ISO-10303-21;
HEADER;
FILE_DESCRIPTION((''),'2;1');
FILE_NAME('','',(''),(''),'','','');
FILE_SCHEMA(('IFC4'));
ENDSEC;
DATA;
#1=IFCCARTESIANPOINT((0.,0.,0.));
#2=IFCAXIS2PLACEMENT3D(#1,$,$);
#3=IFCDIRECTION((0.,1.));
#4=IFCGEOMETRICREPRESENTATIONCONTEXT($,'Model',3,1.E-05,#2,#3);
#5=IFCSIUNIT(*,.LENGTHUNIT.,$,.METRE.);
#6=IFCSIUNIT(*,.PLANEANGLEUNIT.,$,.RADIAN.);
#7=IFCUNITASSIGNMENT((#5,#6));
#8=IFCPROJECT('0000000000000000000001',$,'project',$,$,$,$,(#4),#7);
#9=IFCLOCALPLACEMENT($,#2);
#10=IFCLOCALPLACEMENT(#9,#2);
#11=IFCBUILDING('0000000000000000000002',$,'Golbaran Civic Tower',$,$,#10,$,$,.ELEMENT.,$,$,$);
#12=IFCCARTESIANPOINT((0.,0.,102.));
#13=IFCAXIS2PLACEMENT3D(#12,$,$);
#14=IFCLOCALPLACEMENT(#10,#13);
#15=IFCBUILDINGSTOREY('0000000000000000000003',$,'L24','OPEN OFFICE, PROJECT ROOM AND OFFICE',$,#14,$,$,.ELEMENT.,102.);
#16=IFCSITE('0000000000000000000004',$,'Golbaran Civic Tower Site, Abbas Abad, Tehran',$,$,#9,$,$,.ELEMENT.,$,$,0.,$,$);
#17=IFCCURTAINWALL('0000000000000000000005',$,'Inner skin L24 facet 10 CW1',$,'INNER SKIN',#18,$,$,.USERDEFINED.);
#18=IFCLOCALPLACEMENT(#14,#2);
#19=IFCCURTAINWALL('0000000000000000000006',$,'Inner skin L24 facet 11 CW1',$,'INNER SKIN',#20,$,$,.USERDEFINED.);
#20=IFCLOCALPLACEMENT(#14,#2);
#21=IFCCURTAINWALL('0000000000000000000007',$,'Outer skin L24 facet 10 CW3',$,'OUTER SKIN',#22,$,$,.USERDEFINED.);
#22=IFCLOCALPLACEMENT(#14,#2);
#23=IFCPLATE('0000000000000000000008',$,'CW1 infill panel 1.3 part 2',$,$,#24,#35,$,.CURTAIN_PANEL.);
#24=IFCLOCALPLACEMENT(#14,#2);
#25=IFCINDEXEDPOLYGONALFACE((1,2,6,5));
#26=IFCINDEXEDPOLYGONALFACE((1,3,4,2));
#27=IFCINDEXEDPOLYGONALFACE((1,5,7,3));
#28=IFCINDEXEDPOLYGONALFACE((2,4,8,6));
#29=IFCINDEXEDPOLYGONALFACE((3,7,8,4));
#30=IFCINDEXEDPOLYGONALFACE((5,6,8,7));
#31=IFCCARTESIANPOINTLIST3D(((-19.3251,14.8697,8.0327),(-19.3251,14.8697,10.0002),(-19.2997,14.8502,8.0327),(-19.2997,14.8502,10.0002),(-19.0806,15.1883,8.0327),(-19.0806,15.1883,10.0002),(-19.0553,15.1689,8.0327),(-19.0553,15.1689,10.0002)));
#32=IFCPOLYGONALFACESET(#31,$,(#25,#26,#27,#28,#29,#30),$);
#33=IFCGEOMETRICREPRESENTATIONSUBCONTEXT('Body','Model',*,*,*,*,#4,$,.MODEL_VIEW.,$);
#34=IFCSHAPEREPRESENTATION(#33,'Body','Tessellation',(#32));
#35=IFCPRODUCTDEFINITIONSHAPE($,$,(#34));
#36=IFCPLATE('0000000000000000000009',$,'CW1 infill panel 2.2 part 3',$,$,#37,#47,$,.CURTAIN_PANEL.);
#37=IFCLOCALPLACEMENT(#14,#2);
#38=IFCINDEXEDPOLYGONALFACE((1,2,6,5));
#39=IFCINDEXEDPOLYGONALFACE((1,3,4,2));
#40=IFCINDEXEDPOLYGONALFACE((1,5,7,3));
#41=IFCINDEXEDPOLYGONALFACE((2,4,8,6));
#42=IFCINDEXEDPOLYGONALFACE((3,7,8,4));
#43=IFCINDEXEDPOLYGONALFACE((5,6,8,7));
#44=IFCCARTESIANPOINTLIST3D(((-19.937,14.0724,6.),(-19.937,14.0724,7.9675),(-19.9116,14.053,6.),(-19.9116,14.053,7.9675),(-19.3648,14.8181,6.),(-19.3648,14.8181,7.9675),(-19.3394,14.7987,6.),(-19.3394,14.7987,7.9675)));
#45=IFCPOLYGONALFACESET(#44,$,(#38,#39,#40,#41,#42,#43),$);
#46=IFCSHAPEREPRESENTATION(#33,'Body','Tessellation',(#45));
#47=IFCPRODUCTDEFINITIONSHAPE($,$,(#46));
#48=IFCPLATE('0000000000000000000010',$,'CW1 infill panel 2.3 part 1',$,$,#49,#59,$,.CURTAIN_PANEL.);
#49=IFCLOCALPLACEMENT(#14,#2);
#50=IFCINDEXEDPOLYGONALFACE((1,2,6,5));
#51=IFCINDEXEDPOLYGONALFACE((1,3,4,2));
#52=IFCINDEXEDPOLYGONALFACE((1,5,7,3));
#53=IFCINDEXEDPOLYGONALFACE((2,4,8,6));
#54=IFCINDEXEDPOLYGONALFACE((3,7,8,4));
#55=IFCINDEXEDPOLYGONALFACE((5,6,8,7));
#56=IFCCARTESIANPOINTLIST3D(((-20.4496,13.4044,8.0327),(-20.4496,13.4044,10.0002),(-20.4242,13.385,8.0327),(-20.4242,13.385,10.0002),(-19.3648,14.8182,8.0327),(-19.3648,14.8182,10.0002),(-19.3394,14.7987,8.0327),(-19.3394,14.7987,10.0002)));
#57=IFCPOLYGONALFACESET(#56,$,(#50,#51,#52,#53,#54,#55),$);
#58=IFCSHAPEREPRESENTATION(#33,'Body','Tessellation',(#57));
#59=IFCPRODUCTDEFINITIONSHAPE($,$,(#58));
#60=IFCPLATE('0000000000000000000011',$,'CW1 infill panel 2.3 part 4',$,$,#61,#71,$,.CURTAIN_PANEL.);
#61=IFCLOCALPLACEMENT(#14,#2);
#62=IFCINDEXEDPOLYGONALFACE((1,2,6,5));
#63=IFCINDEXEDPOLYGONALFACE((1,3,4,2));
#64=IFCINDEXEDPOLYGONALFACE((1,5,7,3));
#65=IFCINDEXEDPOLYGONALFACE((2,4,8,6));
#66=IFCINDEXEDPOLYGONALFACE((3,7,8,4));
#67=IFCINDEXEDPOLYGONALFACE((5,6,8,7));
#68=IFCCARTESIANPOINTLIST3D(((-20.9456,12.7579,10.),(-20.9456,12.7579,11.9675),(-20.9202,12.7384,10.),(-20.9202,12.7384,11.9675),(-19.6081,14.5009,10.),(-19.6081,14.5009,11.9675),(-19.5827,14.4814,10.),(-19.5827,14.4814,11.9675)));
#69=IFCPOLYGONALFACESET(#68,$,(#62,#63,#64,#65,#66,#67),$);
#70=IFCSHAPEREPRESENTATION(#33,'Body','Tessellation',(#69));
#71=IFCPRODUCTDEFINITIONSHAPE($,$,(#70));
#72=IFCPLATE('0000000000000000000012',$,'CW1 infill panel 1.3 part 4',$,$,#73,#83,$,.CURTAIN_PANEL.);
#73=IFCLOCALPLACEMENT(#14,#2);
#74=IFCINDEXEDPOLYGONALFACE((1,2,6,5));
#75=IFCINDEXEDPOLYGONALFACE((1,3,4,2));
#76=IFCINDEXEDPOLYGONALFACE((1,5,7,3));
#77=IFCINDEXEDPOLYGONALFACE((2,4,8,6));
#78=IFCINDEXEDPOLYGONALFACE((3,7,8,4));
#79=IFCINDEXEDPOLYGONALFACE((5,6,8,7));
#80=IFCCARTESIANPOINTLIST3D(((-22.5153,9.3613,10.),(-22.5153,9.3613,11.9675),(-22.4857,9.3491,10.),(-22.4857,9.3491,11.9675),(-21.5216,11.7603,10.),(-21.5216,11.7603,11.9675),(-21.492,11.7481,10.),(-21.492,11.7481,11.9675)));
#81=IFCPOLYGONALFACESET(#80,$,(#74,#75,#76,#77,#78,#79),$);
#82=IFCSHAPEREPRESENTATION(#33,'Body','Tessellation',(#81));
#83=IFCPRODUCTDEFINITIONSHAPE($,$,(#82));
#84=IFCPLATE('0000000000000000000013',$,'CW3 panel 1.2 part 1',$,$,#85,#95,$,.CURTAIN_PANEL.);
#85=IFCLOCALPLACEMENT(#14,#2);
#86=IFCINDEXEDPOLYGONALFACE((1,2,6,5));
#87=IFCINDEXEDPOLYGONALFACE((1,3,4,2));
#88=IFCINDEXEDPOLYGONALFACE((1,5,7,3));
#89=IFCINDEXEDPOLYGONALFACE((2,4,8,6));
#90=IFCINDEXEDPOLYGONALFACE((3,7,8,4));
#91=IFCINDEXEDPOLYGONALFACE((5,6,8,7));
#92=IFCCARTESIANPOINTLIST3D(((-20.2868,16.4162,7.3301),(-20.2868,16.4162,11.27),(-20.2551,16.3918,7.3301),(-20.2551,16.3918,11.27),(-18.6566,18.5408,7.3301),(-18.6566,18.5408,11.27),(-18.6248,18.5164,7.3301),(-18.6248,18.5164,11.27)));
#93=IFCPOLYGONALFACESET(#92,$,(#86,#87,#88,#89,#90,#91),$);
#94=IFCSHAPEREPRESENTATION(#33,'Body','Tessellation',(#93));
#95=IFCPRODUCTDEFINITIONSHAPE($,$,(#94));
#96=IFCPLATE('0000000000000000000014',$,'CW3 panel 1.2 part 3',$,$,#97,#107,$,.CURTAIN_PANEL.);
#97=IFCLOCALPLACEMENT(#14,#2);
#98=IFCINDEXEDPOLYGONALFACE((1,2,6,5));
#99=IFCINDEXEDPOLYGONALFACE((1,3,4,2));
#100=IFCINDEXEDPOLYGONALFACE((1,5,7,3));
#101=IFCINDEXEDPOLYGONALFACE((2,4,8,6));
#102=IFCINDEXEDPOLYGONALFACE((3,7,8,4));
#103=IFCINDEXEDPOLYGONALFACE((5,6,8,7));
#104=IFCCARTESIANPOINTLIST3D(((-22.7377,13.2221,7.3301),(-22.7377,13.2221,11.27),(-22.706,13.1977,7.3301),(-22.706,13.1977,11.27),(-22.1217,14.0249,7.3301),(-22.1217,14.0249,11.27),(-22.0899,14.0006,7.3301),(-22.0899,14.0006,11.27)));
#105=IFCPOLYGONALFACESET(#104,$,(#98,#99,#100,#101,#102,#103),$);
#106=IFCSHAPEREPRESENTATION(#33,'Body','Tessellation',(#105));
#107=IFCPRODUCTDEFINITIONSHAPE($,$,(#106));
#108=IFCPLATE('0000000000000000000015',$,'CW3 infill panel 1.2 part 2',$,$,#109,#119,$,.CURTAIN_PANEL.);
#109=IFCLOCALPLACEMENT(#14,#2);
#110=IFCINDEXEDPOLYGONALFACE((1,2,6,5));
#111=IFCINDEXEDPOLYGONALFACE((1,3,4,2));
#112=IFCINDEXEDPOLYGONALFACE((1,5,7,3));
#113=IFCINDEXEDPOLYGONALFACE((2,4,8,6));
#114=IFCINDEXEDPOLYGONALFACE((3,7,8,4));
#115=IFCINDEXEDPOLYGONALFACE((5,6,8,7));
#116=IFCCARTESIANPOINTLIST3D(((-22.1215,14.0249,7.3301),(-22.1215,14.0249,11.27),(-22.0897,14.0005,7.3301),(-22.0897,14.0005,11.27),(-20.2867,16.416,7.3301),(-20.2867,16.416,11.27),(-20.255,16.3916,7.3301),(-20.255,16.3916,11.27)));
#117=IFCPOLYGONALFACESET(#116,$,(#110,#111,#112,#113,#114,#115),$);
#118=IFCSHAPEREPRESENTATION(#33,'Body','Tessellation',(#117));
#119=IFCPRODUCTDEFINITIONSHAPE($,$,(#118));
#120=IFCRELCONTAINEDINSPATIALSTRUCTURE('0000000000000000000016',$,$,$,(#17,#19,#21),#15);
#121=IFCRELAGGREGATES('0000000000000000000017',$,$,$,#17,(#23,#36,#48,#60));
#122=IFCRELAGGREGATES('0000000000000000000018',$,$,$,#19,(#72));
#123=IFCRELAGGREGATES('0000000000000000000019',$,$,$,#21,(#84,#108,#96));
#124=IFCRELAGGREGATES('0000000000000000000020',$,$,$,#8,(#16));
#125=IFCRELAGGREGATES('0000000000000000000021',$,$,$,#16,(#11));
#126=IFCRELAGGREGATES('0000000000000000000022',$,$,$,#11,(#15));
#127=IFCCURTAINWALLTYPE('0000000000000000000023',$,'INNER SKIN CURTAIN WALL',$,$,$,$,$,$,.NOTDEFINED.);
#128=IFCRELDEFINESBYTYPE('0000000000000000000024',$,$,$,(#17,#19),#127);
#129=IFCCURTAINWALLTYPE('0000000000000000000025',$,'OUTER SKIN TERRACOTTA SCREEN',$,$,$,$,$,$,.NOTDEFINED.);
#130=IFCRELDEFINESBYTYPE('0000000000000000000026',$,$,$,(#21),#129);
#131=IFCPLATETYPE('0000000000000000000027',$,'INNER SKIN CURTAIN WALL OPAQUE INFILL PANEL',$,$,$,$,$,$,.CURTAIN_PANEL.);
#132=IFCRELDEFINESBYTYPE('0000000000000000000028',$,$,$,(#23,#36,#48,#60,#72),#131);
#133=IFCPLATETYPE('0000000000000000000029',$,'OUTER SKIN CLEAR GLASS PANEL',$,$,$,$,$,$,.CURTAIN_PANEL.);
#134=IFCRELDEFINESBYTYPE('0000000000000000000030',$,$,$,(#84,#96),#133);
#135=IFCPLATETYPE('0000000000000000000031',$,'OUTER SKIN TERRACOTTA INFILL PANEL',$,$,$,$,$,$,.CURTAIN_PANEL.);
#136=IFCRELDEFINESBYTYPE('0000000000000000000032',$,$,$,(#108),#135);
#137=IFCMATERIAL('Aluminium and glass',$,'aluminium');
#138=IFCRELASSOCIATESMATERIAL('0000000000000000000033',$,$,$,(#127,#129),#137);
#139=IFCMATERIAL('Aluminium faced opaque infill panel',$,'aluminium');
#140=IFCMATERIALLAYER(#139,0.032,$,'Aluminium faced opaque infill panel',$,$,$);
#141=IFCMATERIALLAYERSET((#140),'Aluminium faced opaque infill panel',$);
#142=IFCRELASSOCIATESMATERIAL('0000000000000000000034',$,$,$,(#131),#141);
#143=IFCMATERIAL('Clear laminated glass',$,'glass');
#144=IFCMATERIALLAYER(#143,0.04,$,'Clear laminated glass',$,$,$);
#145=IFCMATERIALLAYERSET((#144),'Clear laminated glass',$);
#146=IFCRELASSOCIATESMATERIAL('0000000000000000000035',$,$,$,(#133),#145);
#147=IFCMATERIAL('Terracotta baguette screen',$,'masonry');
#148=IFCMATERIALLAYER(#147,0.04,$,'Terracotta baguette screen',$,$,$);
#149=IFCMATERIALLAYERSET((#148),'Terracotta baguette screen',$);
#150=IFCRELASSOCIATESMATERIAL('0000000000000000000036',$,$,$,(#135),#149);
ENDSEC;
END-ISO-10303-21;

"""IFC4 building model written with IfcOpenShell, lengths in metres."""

from ifc_helpers import new_model, si_unit, direction, frame, origin, origin_2d, place, context, subcontext, project, spatial, rectangle, extrude, material, layer, layer_set, type_object, element, aggregate, save


model = new_model("IFC4")

# Units and contexts
model_context = context("Model", 3, precision=1e-05, world=origin(), true_north=direction((0.0, 1.0)))
body_context = subcontext(model_context, "Body", "Model", "MODEL_VIEW")
ifc_project = project(units=[si_unit("LENGTHUNIT", "METRE"), si_unit("PLANEANGLEUNIT", "RADIAN")], contexts=[model_context])

# Site, building, storey
site_placement = place(None, origin())
site = spatial("IfcSite", under=ifc_project, at=site_placement, Name="Golbaran Civic Tower Site, Abbas Abad, Tehran", CompositionType="ELEMENT", RefElevation=0.0)
building_placement = place(site_placement, origin())
building = spatial("IfcBuilding", under=site, at=building_placement, Name="Golbaran Civic Tower", CompositionType="ELEMENT")
storey_placement = place(building_placement, frame((0.0, 0.0, 102.0)))
storey = spatial("IfcBuildingStorey", under=building, at=storey_placement, Name="L24", Description="OPEN OFFICE, PROJECT ROOM AND OFFICE", CompositionType="ELEMENT", Elevation=102.0)

# Curtain wall
ifc_material_1 = material(Name="Aluminium and glass", Category="aluminium")
curtain_wall_type_1 = type_object("IfcCurtainWallType", Name="INNER SKIN CURTAIN WALL", PredefinedType="NOTDEFINED", material=ifc_material_1)
curtain_wall_1_placement = place(storey_placement, origin())
curtain_wall_1 = element("IfcCurtainWall", 1, at=curtain_wall_1_placement, inside=storey, type_object=curtain_wall_type_1, Name="Inner skin L24 facet 10 CW1", ObjectType="INNER SKIN", PredefinedType="USERDEFINED")

# Curtain walls
curtain_wall_2_placement = place(storey_placement, origin())
curtain_wall_2 = element("IfcCurtainWall", 2, at=curtain_wall_2_placement, inside=storey, type_object=curtain_wall_type_1, Name="Inner skin L24 facet 11 CW1", ObjectType="INNER SKIN", PredefinedType="USERDEFINED")
curtain_wall_type_2 = type_object("IfcCurtainWallType", Name="OUTER SKIN TERRACOTTA SCREEN", PredefinedType="NOTDEFINED", material=ifc_material_1)
curtain_wall_3_placement = place(storey_placement, origin())
curtain_wall_3 = element("IfcCurtainWall", 3, at=curtain_wall_3_placement, inside=storey, type_object=curtain_wall_type_2, Name="Outer skin L24 facet 10 CW3", ObjectType="OUTER SKIN", PredefinedType="USERDEFINED")

# Plates
ifc_material_2 = material(Name="Aluminium faced opaque infill panel", Category="aluminium")
ifc_layer_1 = layer(ifc_material_2, 0.032, Name="Aluminium faced opaque infill panel")
ifc_layer_set_1 = layer_set([ifc_layer_1], Name="Aluminium faced opaque infill panel")
plate_type_1 = type_object("IfcPlateType", Name="INNER SKIN CURTAIN WALL OPAQUE INFILL PANEL", PredefinedType="CURTAIN_PANEL", material=ifc_layer_set_1)
plate_1_placement = place(storey_placement, frame((-19.1902, 15.0193, 8.0327), z_axis=(0.0, 0.0, 1.0), x_axis=(-0.608761, -0.793353, 0.0)))
plate_1 = element("IfcPlate", 4, at=plate_1_placement, type_object=plate_type_1, Name="CW1 infill panel 1.3 part 2", PredefinedType="CURTAIN_PANEL", context=body_context, shape_type="SweptSolid", body=[
    extrude(rectangle(XDim=0.4016, YDim=0.032, at=origin_2d()), origin(), (0.0, 0.0, 1.0), 1.9675),
])
plate_2_placement = place(storey_placement, frame((-19.6382, 14.4355, 6.0), z_axis=(0.0, 0.0, 1.0), x_axis=(-0.608761, -0.793353, 0.0)))
plate_2 = element("IfcPlate", 5, at=plate_2_placement, type_object=plate_type_1, Name="CW1 infill panel 2.2 part 3", PredefinedType="CURTAIN_PANEL", context=body_context, shape_type="SweptSolid", body=[
    extrude(rectangle(XDim=0.9399, YDim=0.032, at=origin_2d()), origin(), (0.0, 0.0, 1.0), 1.9675),
])
plate_3_placement = place(storey_placement, frame((-19.8945, 14.1016, 8.0327), z_axis=(0.0, 0.0, 1.0), x_axis=(-0.608761, -0.793353, 0.0)))
plate_3 = element("IfcPlate", 6, at=plate_3_placement, type_object=plate_type_1, Name="CW1 infill panel 2.3 part 1", PredefinedType="CURTAIN_PANEL", context=body_context, shape_type="SweptSolid", body=[
    extrude(rectangle(XDim=1.782, YDim=0.032, at=origin_2d()), origin(), (0.0, 0.0, 1.0), 1.9675),
])
plate_4_placement = place(storey_placement, frame((-20.2642, 13.6196, 10.0), z_axis=(0.0, 0.0, 1.0), x_axis=(-0.608761, -0.793353, 0.0)))
plate_4 = element("IfcPlate", 7, at=plate_4_placement, type_object=plate_type_1, Name="CW1 infill panel 2.3 part 4", PredefinedType="CURTAIN_PANEL", context=body_context, shape_type="SweptSolid", body=[
    extrude(rectangle(XDim=2.197, YDim=0.032, at=origin_2d()), origin(), (0.0, 0.0, 1.0), 1.9675),
])
aggregate(curtain_wall_1, [plate_1, plate_2, plate_3, plate_4])
plate_5_placement = place(storey_placement, frame((-22.0037, 10.5547, 10.0), z_axis=(0.0, 0.0, 1.0), x_axis=(-0.382683, -0.92388, 0.0)))
plate_5 = element("IfcPlate", 8, at=plate_5_placement, type_object=plate_type_1, Name="CW1 infill panel 1.3 part 4", PredefinedType="CURTAIN_PANEL", context=body_context, shape_type="SweptSolid", body=[
    extrude(rectangle(XDim=2.5967, YDim=0.032, at=origin_2d()), origin(), (0.0, 0.0, 1.0), 1.9675),
])
aggregate(curtain_wall_2, [plate_5])
ifc_material_3 = material(Name="Clear laminated glass", Category="glass")
ifc_layer_2 = layer(ifc_material_3, 0.04, Name="Clear laminated glass")
ifc_layer_set_2 = layer_set([ifc_layer_2], Name="Clear laminated glass")
plate_type_2 = type_object("IfcPlateType", Name="OUTER SKIN CLEAR GLASS PANEL", PredefinedType="CURTAIN_PANEL", material=ifc_layer_set_2)
plate_6_placement = place(storey_placement, frame((-19.4558, 17.4663, 7.3301), z_axis=(0.0, 0.0, 1.0), x_axis=(-0.608761, -0.793353, 0.0)))
plate_6 = element("IfcPlate", 9, at=plate_6_placement, type_object=plate_type_2, Name="CW3 panel 1.2 part 1", PredefinedType="CURTAIN_PANEL", context=body_context, shape_type="SweptSolid", body=[
    extrude(rectangle(XDim=2.678, YDim=0.04, at=origin_2d()), origin(), (0.0, 0.0, 1.0), 3.9399),
])
plate_7_placement = place(storey_placement, frame((-22.4138, 13.6113, 7.3301), z_axis=(0.0, 0.0, 1.0), x_axis=(-0.608761, -0.793353, 0.0)))
plate_7 = element("IfcPlate", 10, at=plate_7_placement, type_object=plate_type_2, Name="CW3 panel 1.2 part 3", PredefinedType="CURTAIN_PANEL", context=body_context, shape_type="SweptSolid", body=[
    extrude(rectangle(XDim=1.012, YDim=0.04, at=origin_2d()), origin(), (0.0, 0.0, 1.0), 3.9399),
])
ifc_material_4 = material(Name="Terracotta baguette screen", Category="masonry")
ifc_layer_3 = layer(ifc_material_4, 0.04, Name="Terracotta baguette screen")
ifc_layer_set_3 = layer_set([ifc_layer_3], Name="Terracotta baguette screen")
plate_type_3 = type_object("IfcPlateType", Name="OUTER SKIN TERRACOTTA INFILL PANEL", PredefinedType="CURTAIN_PANEL", material=ifc_layer_set_3)
plate_8_placement = place(storey_placement, frame((-21.1882, 15.2083, 7.3301), z_axis=(0.0, 0.0, 1.0), x_axis=(-0.608761, -0.793353, 0.0)))
plate_8 = element("IfcPlate", 11, at=plate_8_placement, type_object=plate_type_3, Name="CW3 infill panel 1.2 part 2", PredefinedType="CURTAIN_PANEL", context=body_context, shape_type="SweptSolid", body=[
    extrude(rectangle(XDim=3.0139, YDim=0.04, at=origin_2d()), origin(), (0.0, 0.0, 1.0), 3.9399),
])
aggregate(curtain_wall_3, [plate_6, plate_8, plate_7])

save(model, "model.ifc")
